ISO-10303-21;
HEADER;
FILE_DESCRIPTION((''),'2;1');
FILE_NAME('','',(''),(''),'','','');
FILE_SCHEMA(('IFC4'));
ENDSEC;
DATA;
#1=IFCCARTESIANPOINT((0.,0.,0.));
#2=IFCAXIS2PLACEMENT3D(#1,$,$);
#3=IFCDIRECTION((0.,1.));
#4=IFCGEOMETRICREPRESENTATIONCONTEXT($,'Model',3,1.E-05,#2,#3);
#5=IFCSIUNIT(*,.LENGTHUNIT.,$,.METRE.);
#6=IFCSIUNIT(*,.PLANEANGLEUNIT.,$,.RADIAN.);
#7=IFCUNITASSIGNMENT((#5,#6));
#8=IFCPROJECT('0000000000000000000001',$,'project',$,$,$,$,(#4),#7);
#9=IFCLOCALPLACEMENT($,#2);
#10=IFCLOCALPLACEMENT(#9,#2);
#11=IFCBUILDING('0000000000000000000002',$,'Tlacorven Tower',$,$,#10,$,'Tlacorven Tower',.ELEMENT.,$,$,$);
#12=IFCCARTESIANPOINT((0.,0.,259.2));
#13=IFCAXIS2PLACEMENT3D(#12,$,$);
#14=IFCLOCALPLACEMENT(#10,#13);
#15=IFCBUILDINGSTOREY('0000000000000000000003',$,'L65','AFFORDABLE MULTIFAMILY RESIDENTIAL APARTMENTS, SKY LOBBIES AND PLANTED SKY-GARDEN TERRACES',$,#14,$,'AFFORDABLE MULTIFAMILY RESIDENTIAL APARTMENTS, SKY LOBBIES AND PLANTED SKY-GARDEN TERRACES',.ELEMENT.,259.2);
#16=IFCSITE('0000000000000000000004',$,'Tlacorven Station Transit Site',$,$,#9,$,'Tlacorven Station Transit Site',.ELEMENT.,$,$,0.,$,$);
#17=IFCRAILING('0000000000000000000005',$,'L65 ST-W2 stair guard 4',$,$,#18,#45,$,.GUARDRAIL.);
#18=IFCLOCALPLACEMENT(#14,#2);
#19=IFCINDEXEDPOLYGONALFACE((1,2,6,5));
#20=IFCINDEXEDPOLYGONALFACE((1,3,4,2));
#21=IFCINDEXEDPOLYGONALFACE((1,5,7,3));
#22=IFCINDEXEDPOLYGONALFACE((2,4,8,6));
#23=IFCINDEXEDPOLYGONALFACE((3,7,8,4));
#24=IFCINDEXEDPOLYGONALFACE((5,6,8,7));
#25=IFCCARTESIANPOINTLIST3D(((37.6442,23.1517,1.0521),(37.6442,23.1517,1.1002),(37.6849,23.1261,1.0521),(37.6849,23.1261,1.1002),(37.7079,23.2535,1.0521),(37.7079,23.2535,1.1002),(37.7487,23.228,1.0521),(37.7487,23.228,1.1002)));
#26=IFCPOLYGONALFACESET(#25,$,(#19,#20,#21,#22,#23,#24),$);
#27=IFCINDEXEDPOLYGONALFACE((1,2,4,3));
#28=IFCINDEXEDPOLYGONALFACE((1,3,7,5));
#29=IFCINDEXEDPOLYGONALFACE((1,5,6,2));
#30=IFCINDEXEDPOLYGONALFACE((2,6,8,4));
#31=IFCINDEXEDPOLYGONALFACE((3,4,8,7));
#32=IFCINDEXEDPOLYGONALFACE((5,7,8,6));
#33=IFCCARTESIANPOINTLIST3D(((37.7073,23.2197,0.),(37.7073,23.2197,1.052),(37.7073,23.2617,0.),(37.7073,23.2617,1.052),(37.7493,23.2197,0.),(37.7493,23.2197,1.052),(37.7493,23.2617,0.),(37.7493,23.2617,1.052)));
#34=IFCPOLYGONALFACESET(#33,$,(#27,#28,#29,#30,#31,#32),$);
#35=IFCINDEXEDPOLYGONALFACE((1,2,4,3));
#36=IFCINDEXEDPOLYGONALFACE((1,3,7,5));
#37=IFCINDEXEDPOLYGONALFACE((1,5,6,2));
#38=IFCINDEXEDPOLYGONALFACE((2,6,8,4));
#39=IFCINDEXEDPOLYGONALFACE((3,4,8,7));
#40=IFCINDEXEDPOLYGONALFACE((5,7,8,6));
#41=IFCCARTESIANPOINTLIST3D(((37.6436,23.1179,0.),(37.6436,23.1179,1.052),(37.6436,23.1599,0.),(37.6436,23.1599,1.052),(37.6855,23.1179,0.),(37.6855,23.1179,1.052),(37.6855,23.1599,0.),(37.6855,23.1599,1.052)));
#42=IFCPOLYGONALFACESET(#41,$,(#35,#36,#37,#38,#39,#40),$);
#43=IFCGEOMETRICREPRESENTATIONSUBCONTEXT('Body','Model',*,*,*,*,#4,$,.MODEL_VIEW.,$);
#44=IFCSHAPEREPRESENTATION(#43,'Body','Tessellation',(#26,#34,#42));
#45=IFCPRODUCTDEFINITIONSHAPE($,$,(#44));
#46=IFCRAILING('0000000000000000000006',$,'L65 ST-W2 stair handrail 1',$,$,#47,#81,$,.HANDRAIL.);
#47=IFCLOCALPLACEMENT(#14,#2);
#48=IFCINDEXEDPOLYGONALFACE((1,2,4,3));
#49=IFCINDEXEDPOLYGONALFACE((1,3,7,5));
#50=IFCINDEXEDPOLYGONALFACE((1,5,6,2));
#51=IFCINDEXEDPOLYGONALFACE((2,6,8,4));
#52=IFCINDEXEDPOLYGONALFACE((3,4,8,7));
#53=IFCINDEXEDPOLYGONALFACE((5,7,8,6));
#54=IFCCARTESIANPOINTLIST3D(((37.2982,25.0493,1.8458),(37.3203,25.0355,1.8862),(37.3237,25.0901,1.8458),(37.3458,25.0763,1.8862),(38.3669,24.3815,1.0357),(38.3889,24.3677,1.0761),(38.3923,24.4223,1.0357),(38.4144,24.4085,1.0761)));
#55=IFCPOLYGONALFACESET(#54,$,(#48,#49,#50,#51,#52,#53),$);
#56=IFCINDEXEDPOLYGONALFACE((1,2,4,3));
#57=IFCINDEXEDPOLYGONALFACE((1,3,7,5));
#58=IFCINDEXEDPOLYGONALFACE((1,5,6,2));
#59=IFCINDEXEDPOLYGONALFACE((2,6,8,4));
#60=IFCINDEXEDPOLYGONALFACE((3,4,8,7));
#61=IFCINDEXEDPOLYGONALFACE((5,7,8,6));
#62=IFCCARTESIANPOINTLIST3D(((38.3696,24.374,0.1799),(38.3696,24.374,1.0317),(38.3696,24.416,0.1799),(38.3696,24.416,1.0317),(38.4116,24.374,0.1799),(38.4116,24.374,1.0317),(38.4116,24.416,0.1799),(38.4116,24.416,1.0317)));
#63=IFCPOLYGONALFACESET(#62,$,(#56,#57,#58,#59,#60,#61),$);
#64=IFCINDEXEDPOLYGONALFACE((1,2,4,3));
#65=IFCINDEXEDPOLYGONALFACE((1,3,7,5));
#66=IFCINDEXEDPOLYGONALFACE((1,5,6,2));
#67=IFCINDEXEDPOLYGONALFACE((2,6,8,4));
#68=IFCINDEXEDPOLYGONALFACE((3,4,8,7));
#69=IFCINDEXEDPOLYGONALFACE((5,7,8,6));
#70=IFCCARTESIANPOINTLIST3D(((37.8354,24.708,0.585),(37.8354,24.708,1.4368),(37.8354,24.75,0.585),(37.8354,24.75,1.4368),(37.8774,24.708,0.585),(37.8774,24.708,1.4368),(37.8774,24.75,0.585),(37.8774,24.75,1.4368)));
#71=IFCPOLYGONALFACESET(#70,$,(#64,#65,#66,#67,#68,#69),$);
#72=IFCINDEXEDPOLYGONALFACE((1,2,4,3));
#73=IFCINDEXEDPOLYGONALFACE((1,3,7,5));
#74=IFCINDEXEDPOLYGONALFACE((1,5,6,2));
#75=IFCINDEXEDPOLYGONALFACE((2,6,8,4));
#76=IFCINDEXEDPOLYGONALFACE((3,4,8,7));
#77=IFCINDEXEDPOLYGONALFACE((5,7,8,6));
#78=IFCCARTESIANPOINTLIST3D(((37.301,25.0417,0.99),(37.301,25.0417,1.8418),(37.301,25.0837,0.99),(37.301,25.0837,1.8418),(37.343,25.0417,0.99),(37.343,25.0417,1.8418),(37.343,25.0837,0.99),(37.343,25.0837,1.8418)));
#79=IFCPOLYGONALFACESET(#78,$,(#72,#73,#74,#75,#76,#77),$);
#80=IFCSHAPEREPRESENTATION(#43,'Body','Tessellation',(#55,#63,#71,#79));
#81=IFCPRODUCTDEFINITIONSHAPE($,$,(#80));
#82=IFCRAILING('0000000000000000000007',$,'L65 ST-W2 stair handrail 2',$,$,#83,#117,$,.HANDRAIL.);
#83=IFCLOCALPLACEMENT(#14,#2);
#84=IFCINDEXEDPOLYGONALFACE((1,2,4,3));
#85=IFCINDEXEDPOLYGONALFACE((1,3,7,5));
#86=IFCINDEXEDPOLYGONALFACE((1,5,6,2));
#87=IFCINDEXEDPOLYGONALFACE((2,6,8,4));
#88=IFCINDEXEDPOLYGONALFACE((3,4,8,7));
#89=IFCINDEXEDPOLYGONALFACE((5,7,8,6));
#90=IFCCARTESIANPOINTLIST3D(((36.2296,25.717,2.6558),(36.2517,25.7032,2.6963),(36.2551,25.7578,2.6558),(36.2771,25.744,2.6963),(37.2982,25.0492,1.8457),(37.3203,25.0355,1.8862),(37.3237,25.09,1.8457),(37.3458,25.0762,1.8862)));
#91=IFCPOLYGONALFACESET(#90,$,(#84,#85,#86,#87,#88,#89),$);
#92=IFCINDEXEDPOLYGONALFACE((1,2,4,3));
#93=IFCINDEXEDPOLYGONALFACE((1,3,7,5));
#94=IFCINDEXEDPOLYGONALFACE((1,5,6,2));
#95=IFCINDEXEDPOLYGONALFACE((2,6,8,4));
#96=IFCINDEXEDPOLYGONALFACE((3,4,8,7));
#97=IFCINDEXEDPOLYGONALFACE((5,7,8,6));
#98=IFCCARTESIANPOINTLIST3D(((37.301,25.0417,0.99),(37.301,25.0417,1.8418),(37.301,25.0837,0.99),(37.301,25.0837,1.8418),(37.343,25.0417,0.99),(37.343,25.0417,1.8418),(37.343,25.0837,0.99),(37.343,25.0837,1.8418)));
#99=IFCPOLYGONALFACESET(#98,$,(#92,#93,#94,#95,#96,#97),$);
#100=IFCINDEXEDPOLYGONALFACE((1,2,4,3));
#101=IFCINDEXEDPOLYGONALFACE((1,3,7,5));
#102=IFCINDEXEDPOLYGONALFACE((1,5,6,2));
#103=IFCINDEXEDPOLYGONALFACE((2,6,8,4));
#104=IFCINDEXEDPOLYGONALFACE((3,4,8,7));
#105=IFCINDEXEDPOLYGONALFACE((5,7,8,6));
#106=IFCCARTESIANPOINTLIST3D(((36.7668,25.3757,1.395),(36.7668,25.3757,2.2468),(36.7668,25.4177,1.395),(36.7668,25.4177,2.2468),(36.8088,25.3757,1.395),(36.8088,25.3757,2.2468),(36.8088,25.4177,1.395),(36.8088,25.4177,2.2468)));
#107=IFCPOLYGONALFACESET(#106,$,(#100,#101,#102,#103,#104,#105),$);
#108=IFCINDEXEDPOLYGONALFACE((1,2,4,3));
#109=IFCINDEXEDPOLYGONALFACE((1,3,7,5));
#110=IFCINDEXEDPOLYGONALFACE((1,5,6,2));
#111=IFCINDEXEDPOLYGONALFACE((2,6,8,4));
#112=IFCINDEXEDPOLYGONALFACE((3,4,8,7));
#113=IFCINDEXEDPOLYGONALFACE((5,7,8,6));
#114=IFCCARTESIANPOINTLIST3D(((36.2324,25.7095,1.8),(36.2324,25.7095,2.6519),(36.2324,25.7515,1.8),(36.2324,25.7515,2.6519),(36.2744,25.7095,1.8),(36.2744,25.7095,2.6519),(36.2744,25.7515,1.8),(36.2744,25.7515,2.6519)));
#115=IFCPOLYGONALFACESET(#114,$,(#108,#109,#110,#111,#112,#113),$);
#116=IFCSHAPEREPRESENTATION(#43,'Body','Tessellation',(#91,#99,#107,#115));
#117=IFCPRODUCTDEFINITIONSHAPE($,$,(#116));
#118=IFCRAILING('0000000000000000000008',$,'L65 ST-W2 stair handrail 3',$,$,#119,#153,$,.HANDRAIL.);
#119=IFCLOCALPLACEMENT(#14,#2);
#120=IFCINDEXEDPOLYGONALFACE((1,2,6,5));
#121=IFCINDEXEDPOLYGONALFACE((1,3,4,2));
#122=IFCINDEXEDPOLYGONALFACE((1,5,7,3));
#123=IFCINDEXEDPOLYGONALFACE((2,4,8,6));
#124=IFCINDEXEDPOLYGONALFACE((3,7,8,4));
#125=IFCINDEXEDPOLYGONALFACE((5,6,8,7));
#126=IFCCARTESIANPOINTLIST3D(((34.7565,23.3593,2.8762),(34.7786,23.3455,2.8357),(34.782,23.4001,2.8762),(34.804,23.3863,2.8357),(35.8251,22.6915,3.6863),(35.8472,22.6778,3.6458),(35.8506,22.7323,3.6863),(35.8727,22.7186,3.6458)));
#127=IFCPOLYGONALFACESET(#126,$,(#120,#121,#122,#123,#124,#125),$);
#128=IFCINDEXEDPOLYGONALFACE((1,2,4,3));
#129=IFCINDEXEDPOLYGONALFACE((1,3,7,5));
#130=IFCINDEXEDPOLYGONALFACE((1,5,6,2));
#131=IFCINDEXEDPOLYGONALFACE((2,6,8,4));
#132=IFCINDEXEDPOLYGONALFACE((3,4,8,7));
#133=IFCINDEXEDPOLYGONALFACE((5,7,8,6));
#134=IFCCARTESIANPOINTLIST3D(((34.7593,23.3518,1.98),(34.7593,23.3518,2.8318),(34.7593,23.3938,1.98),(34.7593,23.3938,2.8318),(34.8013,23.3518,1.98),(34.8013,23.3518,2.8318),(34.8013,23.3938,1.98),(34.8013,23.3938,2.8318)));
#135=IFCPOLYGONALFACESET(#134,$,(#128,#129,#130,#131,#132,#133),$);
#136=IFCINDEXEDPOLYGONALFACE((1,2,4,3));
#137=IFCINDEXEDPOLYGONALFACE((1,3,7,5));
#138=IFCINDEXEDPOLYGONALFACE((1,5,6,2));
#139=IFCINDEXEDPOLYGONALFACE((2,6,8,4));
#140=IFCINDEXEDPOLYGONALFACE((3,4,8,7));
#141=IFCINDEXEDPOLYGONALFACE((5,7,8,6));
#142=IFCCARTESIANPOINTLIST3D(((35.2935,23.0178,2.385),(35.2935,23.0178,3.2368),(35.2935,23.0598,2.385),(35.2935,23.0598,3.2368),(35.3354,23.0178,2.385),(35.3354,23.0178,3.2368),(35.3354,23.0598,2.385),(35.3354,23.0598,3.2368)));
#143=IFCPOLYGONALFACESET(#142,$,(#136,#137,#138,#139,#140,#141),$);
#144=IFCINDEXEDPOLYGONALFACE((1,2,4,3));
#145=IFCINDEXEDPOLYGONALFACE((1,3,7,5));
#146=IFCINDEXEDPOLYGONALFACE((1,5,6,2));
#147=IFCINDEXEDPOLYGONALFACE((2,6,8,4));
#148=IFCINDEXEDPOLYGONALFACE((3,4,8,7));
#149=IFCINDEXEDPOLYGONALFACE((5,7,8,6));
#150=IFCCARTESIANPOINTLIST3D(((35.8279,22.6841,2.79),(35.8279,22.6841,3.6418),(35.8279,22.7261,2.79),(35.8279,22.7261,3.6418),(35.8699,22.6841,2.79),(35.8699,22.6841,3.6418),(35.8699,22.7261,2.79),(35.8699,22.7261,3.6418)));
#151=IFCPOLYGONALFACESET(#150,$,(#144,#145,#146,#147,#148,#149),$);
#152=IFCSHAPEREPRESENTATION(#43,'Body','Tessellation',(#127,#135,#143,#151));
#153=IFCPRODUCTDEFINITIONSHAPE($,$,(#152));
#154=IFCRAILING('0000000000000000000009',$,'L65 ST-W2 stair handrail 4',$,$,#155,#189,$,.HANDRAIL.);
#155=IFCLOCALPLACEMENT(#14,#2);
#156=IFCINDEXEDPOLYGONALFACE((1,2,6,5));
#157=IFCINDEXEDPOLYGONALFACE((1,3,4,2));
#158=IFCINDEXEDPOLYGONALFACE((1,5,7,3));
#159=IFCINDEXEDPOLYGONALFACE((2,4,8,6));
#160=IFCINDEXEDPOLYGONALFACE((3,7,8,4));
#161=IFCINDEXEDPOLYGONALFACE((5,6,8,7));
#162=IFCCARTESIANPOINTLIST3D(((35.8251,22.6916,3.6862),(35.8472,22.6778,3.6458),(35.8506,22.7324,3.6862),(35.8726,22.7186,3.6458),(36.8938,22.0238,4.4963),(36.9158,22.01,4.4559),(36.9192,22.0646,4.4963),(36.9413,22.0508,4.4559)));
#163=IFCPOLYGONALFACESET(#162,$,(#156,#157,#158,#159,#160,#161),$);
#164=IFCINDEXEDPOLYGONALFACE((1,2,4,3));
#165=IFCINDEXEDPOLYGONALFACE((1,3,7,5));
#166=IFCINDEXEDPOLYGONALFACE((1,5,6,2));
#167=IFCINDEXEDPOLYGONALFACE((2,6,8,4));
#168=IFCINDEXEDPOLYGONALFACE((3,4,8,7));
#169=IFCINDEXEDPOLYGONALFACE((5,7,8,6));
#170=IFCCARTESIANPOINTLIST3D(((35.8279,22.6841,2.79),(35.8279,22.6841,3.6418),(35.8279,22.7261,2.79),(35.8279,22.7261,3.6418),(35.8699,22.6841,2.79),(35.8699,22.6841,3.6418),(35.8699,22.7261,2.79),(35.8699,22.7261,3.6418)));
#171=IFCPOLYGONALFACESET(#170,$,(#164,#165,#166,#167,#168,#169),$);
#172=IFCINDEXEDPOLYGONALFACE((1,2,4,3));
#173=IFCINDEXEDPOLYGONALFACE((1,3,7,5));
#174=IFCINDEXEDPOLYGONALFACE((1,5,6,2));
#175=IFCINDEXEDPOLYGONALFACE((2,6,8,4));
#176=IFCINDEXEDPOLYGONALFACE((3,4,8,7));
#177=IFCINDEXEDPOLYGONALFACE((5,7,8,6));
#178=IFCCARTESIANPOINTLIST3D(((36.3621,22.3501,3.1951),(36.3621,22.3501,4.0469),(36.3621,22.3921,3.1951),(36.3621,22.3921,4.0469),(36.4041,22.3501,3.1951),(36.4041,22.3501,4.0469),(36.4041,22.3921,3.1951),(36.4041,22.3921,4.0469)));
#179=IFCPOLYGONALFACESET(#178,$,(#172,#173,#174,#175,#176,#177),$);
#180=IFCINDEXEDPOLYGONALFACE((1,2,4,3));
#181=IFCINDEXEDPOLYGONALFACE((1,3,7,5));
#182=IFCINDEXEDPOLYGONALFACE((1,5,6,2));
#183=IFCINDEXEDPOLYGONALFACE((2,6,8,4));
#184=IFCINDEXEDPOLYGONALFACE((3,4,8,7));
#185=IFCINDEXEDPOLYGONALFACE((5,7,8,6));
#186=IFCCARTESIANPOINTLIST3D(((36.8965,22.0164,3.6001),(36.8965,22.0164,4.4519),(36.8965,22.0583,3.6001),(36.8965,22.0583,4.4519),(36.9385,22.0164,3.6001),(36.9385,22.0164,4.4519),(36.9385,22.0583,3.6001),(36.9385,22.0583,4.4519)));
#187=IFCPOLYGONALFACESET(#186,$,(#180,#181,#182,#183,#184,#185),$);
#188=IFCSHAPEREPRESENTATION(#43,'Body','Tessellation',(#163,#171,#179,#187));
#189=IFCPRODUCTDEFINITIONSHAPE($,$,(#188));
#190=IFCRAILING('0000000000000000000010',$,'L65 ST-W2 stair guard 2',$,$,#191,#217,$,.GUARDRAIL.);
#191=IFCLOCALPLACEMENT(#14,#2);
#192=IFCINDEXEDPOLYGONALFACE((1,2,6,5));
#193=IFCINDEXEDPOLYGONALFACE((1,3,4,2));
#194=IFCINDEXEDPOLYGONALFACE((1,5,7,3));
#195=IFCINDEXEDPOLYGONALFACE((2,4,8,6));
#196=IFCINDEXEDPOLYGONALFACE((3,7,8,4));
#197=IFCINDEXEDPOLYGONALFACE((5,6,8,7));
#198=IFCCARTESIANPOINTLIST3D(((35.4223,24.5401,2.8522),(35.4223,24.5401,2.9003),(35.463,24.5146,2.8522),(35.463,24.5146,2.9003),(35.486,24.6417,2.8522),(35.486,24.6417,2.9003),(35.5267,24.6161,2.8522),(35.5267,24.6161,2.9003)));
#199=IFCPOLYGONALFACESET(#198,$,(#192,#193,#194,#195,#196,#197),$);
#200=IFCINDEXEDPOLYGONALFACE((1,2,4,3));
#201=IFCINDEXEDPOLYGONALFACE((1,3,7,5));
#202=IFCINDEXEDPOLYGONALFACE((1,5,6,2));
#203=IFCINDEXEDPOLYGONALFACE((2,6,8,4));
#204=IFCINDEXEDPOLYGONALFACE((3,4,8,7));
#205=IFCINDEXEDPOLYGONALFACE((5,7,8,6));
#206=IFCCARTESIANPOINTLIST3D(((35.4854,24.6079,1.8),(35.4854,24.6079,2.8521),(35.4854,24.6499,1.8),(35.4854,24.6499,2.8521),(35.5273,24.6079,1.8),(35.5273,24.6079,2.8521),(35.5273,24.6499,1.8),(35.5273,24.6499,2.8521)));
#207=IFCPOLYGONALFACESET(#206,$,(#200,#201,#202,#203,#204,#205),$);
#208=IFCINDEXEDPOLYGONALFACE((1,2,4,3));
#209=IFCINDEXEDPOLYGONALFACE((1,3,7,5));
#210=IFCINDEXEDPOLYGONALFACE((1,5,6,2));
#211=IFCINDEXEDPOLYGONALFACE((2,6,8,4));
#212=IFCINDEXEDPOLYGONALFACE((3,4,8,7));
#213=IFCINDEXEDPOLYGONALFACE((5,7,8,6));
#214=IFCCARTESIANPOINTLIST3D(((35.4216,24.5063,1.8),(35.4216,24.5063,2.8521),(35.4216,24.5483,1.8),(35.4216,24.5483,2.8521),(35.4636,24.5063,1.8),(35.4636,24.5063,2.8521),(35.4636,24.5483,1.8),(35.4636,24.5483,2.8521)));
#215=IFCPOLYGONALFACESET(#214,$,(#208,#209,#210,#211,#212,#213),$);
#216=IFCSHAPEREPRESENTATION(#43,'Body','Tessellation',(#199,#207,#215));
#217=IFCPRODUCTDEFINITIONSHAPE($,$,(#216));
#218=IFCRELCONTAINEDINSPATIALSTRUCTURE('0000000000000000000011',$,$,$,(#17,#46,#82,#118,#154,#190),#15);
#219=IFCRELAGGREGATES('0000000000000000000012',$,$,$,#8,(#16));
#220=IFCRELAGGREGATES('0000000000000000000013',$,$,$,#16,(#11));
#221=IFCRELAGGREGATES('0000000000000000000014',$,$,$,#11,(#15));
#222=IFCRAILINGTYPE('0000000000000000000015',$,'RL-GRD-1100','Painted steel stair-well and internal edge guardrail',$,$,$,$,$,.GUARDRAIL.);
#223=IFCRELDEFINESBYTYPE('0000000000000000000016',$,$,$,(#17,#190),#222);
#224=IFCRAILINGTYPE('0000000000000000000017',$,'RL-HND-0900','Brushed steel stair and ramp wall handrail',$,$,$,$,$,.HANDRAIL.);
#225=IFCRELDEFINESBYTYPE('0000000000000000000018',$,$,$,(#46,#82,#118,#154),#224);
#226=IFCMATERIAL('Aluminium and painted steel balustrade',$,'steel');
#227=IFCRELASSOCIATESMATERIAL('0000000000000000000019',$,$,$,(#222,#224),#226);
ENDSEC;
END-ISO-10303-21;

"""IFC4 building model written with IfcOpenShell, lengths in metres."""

from ifc_helpers import new_model, si_unit, direction, frame, origin, origin_2d, place, context, subcontext, project, spatial, rectangle, extrude, source, transform, mapped, material, type_object, element, save


model = new_model("IFC4")

# Units and contexts
model_context = context("Model", 3, precision=1e-05, world=origin(), true_north=direction((0.0, 1.0)))
body_context = subcontext(model_context, "Body", "Model", "MODEL_VIEW")
ifc_project = project(units=[si_unit("LENGTHUNIT", "METRE"), si_unit("PLANEANGLEUNIT", "RADIAN")], contexts=[model_context])

# Site, building, storey
site_placement = place(None, origin())
site = spatial("IfcSite", under=ifc_project, at=site_placement, Name="Tlacorven Station Transit Site", LongName="Tlacorven Station Transit Site", CompositionType="ELEMENT", RefElevation=0.0)
building_placement = place(site_placement, origin())
building = spatial("IfcBuilding", under=site, at=building_placement, Name="Tlacorven Tower", LongName="Tlacorven Tower", CompositionType="ELEMENT")
storey_placement = place(building_placement, frame((0.0, 0.0, 259.2)))
storey = spatial("IfcBuildingStorey", under=building, at=storey_placement, Name="L65", Description="AFFORDABLE MULTIFAMILY RESIDENTIAL APARTMENTS, SKY LOBBIES AND PLANTED SKY-GARDEN TERRACES", LongName="AFFORDABLE MULTIFAMILY RESIDENTIAL APARTMENTS, SKY LOBBIES AND PLANTED SKY-GARDEN TERRACES", CompositionType="ELEMENT", Elevation=259.2)

# Railings
ifc_material_1 = material(Name="Aluminium and painted steel balustrade", Category="steel")
railing_type_1 = type_object("IfcRailingType", Name="RL-GRD-1100", Description="Painted steel stair-well and internal edge guardrail", PredefinedType="GUARDRAIL", material=ifc_material_1)
shared_shape_1 = source(origin(), body_context, "Body", "SweptSolid", [
    extrude(rectangle(XDim=0.0481, YDim=0.0481, at=origin_2d()), frame((0.0, 0.0, 1.0762), z_axis=(-0.530547, -0.847656, 0.0), x_axis=(0.847656, -0.530547, 0.0)), (0.0, 0.0, 1.0), 0.1201),
    extrude(rectangle(XDim=0.042, YDim=0.042, at=origin_2d()), origin(), (0.0, 0.0, 1.0), 1.052),
    extrude(rectangle(XDim=0.042, YDim=0.042, at=origin_2d()), frame((-0.0637, -0.1018, 0.0)), (0.0, 0.0, 1.0), 1.052),
])
railing_1_placement = place(storey_placement, frame((37.7283, 23.2407, 0.0)))
element("IfcRailing", 1, at=railing_1_placement, inside=storey, type_object=railing_type_1, Name="L65 ST-W2 stair guard 4", PredefinedType="GUARDRAIL", context=body_context, shape_type="MappedRepresentation", body=[
    mapped(shared_shape_1, transform((0.0, 0.0, 0.0), scale=1.0)),
])
railing_type_2 = type_object("IfcRailingType", Name="RL-HND-0900", Description="Brushed steel stair and ramp wall handrail", PredefinedType="HANDRAIL", material=ifc_material_1)
shared_shape_2 = source(origin(), body_context, "Body", "SweptSolid", [
    extrude(rectangle(XDim=0.0481, YDim=0.0481, at=origin_2d()), frame((0.0, 0.0, 0.876), z_axis=(-0.71336, 0.445748, 0.540765), x_axis=(-0.529912, -0.848053, 0.0)), (0.0, 0.0, 1.0), 1.498),
    extrude(rectangle(XDim=0.042, YDim=0.042, at=origin_2d()), origin(), (0.0, 0.0, 1.0), 0.8518),
    extrude(rectangle(XDim=0.042, YDim=0.042, at=origin_2d()), frame((-0.5342, 0.334, 0.405)), (0.0, 0.0, 1.0), 0.8518),
    extrude(rectangle(XDim=0.042, YDim=0.042, at=origin_2d()), frame((-1.0686, 0.6677, 0.8101)), (0.0, 0.0, 1.0), 0.8518),
])
for number, where, name in (
    (2, (38.3906, 24.395, 0.1799), "L65 ST-W2 stair handrail 1"),
    (3, (37.322, 25.0627, 0.99), "L65 ST-W2 stair handrail 2"),
):
    element("IfcRailing", number, at=place(storey_placement, frame(where)), inside=storey, type_object=railing_type_2, Name=name, PredefinedType="HANDRAIL", context=body_context, shape_type="MappedRepresentation", body=[
        mapped(shared_shape_2, transform((0.0, 0.0, 0.0), scale=1.0)),
    ])
shared_shape_3 = source(origin(), body_context, "Body", "SweptSolid", [
    extrude(rectangle(XDim=0.0481, YDim=0.0481, at=origin_2d()), frame((0.0, 0.0, 0.876), z_axis=(0.71336, -0.445748, 0.540765), x_axis=(0.529912, 0.848053, 0.0)), (0.0, 0.0, 1.0), 1.498),
    extrude(rectangle(XDim=0.042, YDim=0.042, at=origin_2d()), origin(), (0.0, 0.0, 1.0), 0.8518),
    extrude(rectangle(XDim=0.042, YDim=0.042, at=origin_2d()), frame((0.5342, -0.334, 0.405)), (0.0, 0.0, 1.0), 0.8518),
    extrude(rectangle(XDim=0.042, YDim=0.042, at=origin_2d()), frame((1.0686, -0.6677, 0.8101)), (0.0, 0.0, 1.0), 0.8518),
])
for number, where, name in (
    (4, (34.7803, 23.3728, 1.98), "L65 ST-W2 stair handrail 3"),
    (5, (35.8489, 22.7051, 2.79), "L65 ST-W2 stair handrail 4"),
):
    element("IfcRailing", number, at=place(storey_placement, frame(where)), inside=storey, type_object=railing_type_2, Name=name, PredefinedType="HANDRAIL", context=body_context, shape_type="MappedRepresentation", body=[
        mapped(shared_shape_3, transform((0.0, 0.0, 0.0), scale=1.0)),
    ])
shared_shape_4 = source(origin(), body_context, "Body", "SweptSolid", [
    extrude(rectangle(XDim=0.0481, YDim=0.0481, at=origin_2d()), frame((0.0, 0.0, 1.0762), z_axis=(-0.531462, -0.847082, 0.0), x_axis=(0.847082, -0.531462, 0.0)), (0.0, 0.0, 1.0), 0.1199),
    extrude(rectangle(XDim=0.042, YDim=0.042, at=origin_2d()), origin(), (0.0, 0.0, 1.0), 1.052),
    extrude(rectangle(XDim=0.042, YDim=0.042, at=origin_2d()), frame((-0.0637, -0.1016, 0.0)), (0.0, 0.0, 1.0), 1.052),
])
railing_2_placement = place(storey_placement, frame((35.5063, 24.6289, 1.8)))
element("IfcRailing", 6, at=railing_2_placement, inside=storey, type_object=railing_type_1, Name="L65 ST-W2 stair guard 2", PredefinedType="GUARDRAIL", context=body_context, shape_type="MappedRepresentation", body=[
    mapped(shared_shape_4, transform((0.0, 0.0, 0.0), scale=1.0)),
])

save(model, "model.ifc")
